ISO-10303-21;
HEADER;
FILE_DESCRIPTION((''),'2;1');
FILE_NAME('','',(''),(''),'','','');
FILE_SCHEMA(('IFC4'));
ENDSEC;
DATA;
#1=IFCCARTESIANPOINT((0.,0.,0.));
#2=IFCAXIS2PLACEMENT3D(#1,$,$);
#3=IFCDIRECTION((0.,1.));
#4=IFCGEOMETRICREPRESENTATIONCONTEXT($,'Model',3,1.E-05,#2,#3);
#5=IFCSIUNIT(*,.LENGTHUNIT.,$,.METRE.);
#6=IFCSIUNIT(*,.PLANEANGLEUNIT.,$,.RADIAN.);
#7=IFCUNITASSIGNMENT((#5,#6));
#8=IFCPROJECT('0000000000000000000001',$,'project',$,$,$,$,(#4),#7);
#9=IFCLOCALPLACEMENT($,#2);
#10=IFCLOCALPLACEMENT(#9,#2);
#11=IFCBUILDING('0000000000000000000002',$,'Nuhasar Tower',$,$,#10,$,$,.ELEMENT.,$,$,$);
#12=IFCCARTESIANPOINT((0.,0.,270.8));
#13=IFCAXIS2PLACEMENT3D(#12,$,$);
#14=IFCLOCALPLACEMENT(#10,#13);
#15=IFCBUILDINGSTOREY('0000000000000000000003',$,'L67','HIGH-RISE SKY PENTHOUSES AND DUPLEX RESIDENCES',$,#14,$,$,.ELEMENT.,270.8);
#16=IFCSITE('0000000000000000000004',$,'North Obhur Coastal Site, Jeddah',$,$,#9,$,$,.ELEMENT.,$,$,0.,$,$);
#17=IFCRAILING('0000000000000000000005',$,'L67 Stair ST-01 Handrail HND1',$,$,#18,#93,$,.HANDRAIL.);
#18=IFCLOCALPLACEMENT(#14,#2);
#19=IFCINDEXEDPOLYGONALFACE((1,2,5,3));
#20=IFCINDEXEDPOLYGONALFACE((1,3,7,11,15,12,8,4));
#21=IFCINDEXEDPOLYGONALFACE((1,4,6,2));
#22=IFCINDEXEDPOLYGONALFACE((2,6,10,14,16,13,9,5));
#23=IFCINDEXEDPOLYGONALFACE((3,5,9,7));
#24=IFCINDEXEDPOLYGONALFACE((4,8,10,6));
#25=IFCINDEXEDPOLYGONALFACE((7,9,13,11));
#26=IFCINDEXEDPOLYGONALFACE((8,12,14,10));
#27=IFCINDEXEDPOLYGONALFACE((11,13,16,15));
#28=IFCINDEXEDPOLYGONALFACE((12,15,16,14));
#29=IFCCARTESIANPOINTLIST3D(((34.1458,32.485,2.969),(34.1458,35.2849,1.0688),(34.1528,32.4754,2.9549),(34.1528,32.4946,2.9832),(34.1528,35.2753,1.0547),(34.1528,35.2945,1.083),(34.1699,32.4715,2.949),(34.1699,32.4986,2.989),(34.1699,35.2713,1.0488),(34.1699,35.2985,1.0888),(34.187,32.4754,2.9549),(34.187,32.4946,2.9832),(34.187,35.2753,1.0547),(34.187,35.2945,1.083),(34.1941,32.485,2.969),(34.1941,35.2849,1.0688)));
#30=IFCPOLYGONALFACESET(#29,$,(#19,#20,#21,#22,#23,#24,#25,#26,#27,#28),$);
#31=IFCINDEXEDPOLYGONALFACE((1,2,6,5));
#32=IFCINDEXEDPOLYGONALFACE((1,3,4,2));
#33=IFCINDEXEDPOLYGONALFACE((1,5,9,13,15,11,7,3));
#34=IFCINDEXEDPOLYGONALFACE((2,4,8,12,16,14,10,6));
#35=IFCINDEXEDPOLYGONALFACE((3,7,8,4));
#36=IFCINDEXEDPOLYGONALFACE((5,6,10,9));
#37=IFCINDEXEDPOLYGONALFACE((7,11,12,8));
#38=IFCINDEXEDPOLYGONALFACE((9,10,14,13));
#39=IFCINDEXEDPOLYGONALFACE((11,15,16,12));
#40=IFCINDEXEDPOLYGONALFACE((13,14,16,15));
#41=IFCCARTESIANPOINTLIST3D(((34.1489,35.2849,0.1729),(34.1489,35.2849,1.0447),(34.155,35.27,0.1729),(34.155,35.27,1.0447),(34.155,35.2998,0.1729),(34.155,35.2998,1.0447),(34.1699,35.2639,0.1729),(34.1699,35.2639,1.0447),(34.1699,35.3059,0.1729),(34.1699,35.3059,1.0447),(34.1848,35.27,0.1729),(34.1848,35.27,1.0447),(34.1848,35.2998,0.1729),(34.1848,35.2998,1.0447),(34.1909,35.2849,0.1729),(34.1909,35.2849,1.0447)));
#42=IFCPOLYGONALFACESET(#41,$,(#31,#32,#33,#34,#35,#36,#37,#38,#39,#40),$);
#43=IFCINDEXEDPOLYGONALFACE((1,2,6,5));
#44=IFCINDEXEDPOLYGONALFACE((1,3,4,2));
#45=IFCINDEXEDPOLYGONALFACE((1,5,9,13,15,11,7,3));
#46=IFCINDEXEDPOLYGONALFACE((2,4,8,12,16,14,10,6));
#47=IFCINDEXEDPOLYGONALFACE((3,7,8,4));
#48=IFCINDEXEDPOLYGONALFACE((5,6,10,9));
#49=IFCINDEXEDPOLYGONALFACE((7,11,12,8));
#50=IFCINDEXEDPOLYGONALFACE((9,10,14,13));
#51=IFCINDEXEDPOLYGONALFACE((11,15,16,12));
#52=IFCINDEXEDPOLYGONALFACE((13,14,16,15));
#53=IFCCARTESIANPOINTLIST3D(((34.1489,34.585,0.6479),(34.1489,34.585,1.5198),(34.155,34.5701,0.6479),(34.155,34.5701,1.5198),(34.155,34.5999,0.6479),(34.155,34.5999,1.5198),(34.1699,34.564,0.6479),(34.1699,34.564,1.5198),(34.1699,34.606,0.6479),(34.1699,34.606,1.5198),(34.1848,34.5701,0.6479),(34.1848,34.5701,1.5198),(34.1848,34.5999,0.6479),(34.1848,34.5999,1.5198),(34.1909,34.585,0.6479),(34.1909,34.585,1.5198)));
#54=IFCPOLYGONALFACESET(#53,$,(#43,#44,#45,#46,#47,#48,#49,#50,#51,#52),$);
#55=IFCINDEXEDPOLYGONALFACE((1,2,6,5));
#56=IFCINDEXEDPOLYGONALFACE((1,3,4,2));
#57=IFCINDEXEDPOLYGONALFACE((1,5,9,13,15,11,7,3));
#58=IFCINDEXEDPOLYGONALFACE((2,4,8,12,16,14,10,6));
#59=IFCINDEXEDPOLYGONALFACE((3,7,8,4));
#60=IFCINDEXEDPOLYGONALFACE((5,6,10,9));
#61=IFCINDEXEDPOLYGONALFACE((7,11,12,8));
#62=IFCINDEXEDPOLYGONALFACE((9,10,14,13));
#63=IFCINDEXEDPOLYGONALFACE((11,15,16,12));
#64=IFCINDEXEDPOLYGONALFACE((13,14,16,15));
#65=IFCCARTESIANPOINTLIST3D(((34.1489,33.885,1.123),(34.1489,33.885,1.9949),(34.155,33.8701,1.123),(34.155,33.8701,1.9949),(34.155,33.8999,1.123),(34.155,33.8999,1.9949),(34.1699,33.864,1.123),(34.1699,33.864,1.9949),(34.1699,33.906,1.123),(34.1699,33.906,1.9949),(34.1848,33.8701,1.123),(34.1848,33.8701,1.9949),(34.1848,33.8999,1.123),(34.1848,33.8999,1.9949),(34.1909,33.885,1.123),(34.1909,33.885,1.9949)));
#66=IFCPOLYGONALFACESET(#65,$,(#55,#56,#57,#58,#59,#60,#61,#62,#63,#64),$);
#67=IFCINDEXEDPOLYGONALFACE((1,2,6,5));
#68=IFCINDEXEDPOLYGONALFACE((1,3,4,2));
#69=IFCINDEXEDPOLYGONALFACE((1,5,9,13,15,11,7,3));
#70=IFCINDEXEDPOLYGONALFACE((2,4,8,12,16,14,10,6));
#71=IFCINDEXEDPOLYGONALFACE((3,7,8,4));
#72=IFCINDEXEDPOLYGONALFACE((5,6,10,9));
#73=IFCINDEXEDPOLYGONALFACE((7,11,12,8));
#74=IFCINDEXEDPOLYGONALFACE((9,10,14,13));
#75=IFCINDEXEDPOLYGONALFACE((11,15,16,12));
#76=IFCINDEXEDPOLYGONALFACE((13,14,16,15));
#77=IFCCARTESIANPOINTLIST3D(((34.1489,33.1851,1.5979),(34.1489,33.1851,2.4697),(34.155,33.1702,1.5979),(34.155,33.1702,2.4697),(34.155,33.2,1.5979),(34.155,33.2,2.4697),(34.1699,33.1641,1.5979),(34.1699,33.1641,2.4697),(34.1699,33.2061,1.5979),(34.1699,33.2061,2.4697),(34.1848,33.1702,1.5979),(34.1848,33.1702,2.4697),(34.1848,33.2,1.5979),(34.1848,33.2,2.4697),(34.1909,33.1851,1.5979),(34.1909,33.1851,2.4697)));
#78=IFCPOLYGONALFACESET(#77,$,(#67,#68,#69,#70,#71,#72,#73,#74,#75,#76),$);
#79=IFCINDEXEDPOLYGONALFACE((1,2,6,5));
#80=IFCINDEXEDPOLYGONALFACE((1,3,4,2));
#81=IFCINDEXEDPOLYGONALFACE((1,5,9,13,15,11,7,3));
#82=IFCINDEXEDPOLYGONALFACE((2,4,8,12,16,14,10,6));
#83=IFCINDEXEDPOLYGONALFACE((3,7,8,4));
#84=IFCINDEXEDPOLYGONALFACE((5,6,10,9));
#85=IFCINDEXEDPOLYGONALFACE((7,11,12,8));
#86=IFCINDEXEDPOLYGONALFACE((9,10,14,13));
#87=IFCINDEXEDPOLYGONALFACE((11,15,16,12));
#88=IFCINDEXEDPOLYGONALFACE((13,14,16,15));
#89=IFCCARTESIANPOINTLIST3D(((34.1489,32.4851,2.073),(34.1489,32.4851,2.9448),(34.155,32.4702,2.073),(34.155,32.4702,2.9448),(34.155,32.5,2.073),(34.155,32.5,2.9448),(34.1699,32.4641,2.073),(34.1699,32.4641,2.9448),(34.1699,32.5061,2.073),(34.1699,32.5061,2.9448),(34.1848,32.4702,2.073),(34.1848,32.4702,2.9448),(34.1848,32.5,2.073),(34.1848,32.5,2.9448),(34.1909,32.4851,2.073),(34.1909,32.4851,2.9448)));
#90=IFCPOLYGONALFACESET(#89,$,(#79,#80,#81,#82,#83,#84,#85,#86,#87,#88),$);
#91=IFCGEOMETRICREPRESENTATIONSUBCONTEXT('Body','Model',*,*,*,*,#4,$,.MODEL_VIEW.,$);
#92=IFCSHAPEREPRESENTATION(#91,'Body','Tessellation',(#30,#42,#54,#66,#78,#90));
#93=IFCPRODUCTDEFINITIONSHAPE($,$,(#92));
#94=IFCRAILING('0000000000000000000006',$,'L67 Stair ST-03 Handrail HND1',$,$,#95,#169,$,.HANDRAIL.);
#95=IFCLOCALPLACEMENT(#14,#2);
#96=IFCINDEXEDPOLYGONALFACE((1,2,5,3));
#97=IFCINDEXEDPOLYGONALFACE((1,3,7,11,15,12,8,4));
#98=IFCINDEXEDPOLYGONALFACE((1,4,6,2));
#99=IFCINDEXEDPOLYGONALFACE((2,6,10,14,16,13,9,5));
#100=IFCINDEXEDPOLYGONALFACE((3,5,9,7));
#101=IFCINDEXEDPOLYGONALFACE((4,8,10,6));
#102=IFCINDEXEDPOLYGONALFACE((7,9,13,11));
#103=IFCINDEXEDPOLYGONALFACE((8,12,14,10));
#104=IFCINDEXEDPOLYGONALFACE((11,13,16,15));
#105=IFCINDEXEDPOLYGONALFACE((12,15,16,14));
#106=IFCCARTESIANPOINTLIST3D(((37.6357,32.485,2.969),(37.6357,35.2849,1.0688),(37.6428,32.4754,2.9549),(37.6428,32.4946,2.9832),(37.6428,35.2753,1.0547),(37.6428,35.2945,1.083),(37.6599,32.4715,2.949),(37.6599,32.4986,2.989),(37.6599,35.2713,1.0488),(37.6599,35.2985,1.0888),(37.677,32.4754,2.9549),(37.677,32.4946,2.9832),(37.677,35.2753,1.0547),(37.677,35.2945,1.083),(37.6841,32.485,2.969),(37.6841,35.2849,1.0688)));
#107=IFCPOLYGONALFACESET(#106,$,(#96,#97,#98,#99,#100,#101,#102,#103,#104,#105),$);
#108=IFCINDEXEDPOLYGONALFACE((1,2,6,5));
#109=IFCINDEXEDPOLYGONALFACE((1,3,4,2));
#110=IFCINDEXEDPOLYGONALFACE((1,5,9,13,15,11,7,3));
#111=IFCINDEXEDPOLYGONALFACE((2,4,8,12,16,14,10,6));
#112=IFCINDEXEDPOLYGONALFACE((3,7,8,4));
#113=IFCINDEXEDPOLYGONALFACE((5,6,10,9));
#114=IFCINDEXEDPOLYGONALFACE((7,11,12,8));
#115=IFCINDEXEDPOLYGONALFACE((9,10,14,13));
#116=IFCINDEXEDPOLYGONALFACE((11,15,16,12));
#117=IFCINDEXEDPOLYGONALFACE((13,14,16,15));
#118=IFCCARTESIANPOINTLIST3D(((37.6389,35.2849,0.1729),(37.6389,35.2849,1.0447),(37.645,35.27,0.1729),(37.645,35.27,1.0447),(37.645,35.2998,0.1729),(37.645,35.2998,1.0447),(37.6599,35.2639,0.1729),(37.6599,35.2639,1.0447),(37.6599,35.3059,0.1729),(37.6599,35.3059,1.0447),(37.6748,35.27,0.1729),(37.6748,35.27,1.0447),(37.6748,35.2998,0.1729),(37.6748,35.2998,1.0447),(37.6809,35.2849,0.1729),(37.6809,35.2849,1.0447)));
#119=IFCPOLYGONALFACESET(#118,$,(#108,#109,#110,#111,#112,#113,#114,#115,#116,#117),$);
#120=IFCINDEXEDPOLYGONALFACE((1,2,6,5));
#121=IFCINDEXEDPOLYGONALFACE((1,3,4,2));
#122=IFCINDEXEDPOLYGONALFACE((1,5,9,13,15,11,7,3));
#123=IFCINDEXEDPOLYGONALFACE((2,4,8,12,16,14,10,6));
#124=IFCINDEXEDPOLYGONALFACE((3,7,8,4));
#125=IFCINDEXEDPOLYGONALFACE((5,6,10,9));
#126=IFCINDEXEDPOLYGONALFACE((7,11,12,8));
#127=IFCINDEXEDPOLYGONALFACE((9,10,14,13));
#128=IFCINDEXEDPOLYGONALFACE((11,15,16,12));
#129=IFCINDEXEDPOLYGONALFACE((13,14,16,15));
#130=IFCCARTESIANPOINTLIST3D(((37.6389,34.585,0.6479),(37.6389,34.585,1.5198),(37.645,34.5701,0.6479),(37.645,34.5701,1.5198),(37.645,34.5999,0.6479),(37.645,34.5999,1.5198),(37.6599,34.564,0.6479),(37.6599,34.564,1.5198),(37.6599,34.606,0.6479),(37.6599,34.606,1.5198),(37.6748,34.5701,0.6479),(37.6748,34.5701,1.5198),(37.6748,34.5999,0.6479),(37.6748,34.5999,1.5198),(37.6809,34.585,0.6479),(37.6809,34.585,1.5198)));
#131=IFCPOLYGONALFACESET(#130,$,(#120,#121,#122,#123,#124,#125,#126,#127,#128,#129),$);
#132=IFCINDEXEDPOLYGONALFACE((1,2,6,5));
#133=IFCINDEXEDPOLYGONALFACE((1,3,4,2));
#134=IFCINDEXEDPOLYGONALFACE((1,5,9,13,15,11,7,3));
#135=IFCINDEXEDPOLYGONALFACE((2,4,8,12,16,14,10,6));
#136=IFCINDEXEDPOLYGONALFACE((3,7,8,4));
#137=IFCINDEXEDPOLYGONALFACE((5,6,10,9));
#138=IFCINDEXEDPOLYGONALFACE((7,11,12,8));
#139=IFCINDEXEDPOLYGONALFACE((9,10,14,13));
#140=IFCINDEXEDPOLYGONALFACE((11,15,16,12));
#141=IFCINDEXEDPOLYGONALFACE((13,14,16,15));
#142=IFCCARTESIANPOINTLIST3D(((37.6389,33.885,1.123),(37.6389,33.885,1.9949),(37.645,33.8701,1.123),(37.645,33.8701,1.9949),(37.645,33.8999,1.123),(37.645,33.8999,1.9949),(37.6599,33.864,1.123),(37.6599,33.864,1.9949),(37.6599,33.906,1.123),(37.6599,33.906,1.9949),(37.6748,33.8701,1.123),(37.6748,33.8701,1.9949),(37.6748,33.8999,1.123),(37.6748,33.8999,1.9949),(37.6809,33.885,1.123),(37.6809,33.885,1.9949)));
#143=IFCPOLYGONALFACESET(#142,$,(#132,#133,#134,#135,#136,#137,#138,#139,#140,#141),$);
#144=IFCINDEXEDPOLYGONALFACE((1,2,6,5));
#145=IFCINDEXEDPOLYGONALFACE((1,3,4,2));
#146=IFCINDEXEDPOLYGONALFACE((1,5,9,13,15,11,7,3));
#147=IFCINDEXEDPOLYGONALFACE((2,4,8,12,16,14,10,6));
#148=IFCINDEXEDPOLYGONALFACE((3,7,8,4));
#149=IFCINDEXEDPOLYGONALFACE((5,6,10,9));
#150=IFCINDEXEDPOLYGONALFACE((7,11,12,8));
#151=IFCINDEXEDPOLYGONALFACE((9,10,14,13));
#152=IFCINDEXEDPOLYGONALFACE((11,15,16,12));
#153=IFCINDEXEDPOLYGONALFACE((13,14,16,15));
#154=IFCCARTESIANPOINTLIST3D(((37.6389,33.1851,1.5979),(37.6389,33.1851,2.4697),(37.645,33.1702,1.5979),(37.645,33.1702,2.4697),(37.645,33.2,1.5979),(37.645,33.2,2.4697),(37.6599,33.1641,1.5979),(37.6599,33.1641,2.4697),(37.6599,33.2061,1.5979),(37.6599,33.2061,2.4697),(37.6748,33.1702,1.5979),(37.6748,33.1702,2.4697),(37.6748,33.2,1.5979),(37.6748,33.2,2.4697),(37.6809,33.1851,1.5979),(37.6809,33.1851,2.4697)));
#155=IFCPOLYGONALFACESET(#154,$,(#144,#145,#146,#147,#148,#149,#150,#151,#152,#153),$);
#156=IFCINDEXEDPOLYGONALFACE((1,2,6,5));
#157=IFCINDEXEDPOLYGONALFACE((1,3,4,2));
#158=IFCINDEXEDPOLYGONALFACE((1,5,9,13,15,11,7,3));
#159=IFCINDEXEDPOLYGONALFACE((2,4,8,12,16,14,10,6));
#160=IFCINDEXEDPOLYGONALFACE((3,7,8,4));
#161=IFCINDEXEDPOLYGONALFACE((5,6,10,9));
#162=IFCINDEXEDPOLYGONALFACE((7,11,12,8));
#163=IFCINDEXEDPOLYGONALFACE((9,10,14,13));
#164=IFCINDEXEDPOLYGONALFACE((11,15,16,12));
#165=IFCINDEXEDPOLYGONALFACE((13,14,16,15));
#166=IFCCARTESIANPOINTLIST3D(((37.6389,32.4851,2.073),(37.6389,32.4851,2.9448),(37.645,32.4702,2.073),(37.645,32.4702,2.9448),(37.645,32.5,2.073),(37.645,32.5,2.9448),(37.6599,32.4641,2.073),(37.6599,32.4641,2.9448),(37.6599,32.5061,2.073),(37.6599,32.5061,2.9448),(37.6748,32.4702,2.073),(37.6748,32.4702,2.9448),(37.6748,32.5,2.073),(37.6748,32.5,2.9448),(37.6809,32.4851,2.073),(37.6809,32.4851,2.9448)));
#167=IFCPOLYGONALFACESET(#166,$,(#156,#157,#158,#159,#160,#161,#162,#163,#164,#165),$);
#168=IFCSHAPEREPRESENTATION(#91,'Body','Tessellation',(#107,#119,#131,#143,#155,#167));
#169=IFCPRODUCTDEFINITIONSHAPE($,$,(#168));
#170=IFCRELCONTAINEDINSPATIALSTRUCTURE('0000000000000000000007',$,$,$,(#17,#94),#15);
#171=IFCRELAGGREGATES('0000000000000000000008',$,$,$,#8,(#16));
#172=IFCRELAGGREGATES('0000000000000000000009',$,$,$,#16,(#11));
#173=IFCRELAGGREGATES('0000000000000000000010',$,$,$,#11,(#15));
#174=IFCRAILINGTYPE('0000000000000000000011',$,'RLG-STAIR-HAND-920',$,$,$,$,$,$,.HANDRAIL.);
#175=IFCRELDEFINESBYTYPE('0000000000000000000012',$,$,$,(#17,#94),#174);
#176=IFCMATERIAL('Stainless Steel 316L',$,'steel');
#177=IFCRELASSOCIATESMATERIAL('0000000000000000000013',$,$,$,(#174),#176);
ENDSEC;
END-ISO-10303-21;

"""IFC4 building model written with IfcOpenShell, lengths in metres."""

from ifc_helpers import new_model, si_unit, direction, frame, origin, place, context, subcontext, project, spatial, polyline, outline, extrude, material, type_object, element, save


model = new_model("IFC4")

# Units and contexts
model_context = context("Model", 3, precision=1e-05, world=origin(), true_north=direction((0.0, 1.0)))
body_context = subcontext(model_context, "Body", "Model", "MODEL_VIEW")
ifc_project = project(units=[si_unit("LENGTHUNIT", "METRE"), si_unit("PLANEANGLEUNIT", "RADIAN")], contexts=[model_context])

# Site, building, storey
site_placement = place(None, origin())
site = spatial("IfcSite", under=ifc_project, at=site_placement, Name="North Obhur Coastal Site, Jeddah", CompositionType="ELEMENT", RefElevation=0.0)
building_placement = place(site_placement, origin())
building = spatial("IfcBuilding", under=site, at=building_placement, Name="Nuhasar Tower", CompositionType="ELEMENT")
storey_placement = place(building_placement, frame((0.0, 0.0, 270.8)))
storey = spatial("IfcBuildingStorey", under=building, at=storey_placement, Name="L67", Description="HIGH-RISE SKY PENTHOUSES AND DUPLEX RESIDENCES", CompositionType="ELEMENT", Elevation=270.8)

# Railings
ifc_material_1 = material(Name="Stainless Steel 316L", Category="steel")
railing_type_1 = type_object("IfcRailingType", Name="RLG-STAIR-HAND-920", PredefinedType="HANDRAIL", material=ifc_material_1)
railing_1_placement = place(storey_placement, frame((34.1699, 35.2849, 0.1729)))
element("IfcRailing", 1, at=railing_1_placement, inside=storey, type_object=railing_type_1, Name="L67 Stair ST-01 Handrail HND1", PredefinedType="HANDRAIL", context=body_context, shape_type="SweptSolid", body=[
    extrude(outline(polyline([(0.0242, 0.0), (0.0171, 0.0171), (0.0, 0.0242), (-0.0171, 0.0171), (-0.0242, 0.0), (-0.0171, -0.0171), (0.0, -0.0242), (0.0171, -0.0171), (0.0242, 0.0)])), frame((0.0, 0.0, 0.896), z_axis=(0.0, -0.827437, 0.561558), x_axis=(1.0, 0.0, 0.0)), (0.0, 0.0, 1.0), 3.3838),
    extrude(outline(polyline([(0.021, 0.0), (0.0149, 0.0149), (0.0, 0.021), (-0.0149, 0.0149), (-0.021, 0.0), (-0.0149, -0.0149), (0.0, -0.021), (0.0149, -0.0149), (0.021, 0.0)])), origin(), (0.0, 0.0, 1.0), 0.8718),
    extrude(outline(polyline([(0.021, 0.0), (0.0149, 0.0149), (0.0, 0.021), (-0.0149, 0.0149), (-0.021, 0.0), (-0.0149, -0.0149), (0.0, -0.021), (0.0149, -0.0149), (0.021, 0.0)])), frame((0.0, -0.7, 0.4751)), (0.0, 0.0, 1.0), 0.8718),
    extrude(outline(polyline([(0.021, 0.0), (0.0149, 0.0149), (0.0, 0.021), (-0.0149, 0.0149), (-0.021, 0.0), (-0.0149, -0.0149), (0.0, -0.021), (0.0149, -0.0149), (0.021, 0.0)])), frame((0.0, -1.3999, 0.9502)), (0.0, 0.0, 1.0), 0.8718),
    extrude(outline(polyline([(0.021, 0.0), (0.0149, 0.0149), (0.0, 0.021), (-0.0149, 0.0149), (-0.021, 0.0), (-0.0149, -0.0149), (0.0, -0.021), (0.0149, -0.0149), (0.021, 0.0)])), frame((0.0, -2.0999, 1.425)), (0.0, 0.0, 1.0), 0.8718),
    extrude(outline(polyline([(0.021, 0.0), (0.0149, 0.0149), (0.0, 0.021), (-0.0149, 0.0149), (-0.021, 0.0), (-0.0149, -0.0149), (0.0, -0.021), (0.0149, -0.0149), (0.021, 0.0)])), frame((0.0, -2.7998, 1.9001)), (0.0, 0.0, 1.0), 0.8718),
])
railing_2_placement = place(storey_placement, frame((37.6599, 35.2849, 0.1729)))
element("IfcRailing", 2, at=railing_2_placement, inside=storey, type_object=railing_type_1, Name="L67 Stair ST-03 Handrail HND1", PredefinedType="HANDRAIL", context=body_context, shape_type="SweptSolid", body=[
    extrude(outline(polyline([(0.0242, 0.0), (0.0171, 0.0171), (0.0, 0.0242), (-0.0171, 0.0171), (-0.0242, 0.0), (-0.0171, -0.0171), (0.0, -0.0242), (0.0171, -0.0171), (0.0242, 0.0)])), frame((0.0, 0.0, 0.896), z_axis=(0.0, -0.827437, 0.561558), x_axis=(1.0, 0.0, 0.0)), (0.0, 0.0, 1.0), 3.3838),
    extrude(outline(polyline([(0.021, 0.0), (0.0149, 0.0149), (0.0, 0.021), (-0.0149, 0.0149), (-0.021, 0.0), (-0.0149, -0.0149), (0.0, -0.021), (0.0149, -0.0149), (0.021, 0.0)])), origin(), (0.0, 0.0, 1.0), 0.8718),
    extrude(outline(polyline([(0.021, 0.0), (0.0149, 0.0149), (0.0, 0.021), (-0.0149, 0.0149), (-0.021, 0.0), (-0.0149, -0.0149), (0.0, -0.021), (0.0149, -0.0149), (0.021, 0.0)])), frame((0.0, -0.7, 0.4751)), (0.0, 0.0, 1.0), 0.8718),
    extrude(outline(polyline([(0.021, 0.0), (0.0149, 0.0149), (0.0, 0.021), (-0.0149, 0.0149), (-0.021, 0.0), (-0.0149, -0.0149), (0.0, -0.021), (0.0149, -0.0149), (0.021, 0.0)])), frame((0.0, -1.3999, 0.9502)), (0.0, 0.0, 1.0), 0.8718),
    extrude(outline(polyline([(0.021, 0.0), (0.0149, 0.0149), (0.0, 0.021), (-0.0149, 0.0149), (-0.021, 0.0), (-0.0149, -0.0149), (0.0, -0.021), (0.0149, -0.0149), (0.021, 0.0)])), frame((0.0, -2.0999, 1.425)), (0.0, 0.0, 1.0), 0.8718),
    extrude(outline(polyline([(0.021, 0.0), (0.0149, 0.0149), (0.0, 0.021), (-0.0149, 0.0149), (-0.021, 0.0), (-0.0149, -0.0149), (0.0, -0.021), (0.0149, -0.0149), (0.021, 0.0)])), frame((0.0, -2.7998, 1.9001)), (0.0, 0.0, 1.0), 0.8718),
])

save(model, "model.ifc")
